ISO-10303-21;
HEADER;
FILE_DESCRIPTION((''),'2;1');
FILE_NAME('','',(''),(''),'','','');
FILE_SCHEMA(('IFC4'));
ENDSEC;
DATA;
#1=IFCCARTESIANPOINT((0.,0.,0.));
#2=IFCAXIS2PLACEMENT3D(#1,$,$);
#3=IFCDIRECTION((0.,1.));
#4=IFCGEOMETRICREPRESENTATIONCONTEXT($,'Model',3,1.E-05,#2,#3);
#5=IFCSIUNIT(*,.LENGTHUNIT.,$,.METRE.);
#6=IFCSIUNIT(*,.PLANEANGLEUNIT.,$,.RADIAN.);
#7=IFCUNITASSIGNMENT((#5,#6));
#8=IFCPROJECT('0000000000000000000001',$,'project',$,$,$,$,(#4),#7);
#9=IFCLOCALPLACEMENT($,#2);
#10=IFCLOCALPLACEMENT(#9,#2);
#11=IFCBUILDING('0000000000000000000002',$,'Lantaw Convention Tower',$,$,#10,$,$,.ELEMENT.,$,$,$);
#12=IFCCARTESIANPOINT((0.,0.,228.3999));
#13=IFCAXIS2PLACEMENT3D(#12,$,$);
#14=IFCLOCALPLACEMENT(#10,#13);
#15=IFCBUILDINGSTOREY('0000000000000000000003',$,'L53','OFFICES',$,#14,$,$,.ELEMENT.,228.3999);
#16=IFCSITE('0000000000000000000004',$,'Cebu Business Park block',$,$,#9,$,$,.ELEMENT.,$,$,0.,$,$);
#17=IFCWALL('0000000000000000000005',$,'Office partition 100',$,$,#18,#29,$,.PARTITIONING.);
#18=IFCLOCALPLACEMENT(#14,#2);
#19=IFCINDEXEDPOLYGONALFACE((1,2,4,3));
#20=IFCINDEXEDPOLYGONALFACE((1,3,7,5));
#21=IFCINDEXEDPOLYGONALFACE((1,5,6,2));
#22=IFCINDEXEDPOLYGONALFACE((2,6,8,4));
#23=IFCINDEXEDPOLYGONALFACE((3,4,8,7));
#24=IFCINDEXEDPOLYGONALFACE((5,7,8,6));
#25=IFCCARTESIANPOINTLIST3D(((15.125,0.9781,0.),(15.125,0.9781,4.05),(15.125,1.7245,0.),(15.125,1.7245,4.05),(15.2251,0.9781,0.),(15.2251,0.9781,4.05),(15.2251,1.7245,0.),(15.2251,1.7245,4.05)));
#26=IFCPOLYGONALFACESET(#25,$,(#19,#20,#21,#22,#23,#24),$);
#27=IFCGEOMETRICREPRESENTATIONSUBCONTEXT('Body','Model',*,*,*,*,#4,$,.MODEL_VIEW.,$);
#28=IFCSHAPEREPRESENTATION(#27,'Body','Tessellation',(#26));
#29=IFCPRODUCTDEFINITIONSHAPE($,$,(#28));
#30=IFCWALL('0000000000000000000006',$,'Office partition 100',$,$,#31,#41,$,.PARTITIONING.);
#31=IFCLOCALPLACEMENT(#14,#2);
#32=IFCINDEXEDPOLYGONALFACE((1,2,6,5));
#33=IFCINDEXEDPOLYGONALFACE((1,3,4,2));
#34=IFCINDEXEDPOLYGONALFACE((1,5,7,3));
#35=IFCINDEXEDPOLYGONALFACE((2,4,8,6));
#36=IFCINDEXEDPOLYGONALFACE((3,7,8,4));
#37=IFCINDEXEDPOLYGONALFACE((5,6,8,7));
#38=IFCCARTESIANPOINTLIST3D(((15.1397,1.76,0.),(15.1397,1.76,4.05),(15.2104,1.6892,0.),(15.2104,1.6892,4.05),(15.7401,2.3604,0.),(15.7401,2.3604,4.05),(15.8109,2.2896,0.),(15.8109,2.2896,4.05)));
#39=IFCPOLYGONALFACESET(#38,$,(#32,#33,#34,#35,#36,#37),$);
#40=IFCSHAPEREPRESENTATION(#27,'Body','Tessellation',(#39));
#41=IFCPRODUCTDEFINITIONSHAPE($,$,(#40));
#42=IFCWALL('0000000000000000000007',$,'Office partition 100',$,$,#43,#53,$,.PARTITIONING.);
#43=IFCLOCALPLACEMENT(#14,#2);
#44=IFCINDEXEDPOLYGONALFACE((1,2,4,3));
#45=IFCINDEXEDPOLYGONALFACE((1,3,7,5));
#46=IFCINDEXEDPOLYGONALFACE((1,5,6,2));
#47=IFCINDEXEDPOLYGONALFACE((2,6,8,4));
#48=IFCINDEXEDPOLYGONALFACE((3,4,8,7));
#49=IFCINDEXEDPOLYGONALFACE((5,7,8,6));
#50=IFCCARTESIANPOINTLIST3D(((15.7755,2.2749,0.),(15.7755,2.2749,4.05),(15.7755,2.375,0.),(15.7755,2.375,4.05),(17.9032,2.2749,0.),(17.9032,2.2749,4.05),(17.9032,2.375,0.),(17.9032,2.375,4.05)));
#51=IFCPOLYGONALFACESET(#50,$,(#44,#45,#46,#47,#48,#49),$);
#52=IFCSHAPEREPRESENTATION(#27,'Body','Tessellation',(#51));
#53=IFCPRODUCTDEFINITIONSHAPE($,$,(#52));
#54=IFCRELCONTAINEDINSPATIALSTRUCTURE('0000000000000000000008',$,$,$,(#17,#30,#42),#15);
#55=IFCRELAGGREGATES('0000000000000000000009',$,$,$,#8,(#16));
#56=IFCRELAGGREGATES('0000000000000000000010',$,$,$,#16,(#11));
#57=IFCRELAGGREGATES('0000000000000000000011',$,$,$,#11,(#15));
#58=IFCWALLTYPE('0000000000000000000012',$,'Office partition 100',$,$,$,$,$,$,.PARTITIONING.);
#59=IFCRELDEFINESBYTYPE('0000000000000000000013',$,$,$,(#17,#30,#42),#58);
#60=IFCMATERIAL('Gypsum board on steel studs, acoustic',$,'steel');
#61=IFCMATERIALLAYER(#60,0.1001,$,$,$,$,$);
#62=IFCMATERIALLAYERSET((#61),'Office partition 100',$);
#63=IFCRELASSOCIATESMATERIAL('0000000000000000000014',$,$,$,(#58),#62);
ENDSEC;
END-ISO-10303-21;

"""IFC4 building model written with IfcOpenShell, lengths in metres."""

from ifc_helpers import new_model, si_unit, direction, frame, frame_2d, origin, place, context, subcontext, project, spatial, rectangle, extrude, material, layer, layer_set, type_object, element, save


model = new_model("IFC4")

# Units and contexts
model_context = context("Model", 3, precision=1e-05, world=origin(), true_north=direction((0.0, 1.0)))
body_context = subcontext(model_context, "Body", "Model", "MODEL_VIEW")
ifc_project = project(units=[si_unit("LENGTHUNIT", "METRE"), si_unit("PLANEANGLEUNIT", "RADIAN")], contexts=[model_context])

# Site, building, storey
site_placement = place(None, origin())
site = spatial("IfcSite", under=ifc_project, at=site_placement, Name="Cebu Business Park block", CompositionType="ELEMENT", RefElevation=0.0)
building_placement = place(site_placement, origin())
building = spatial("IfcBuilding", under=site, at=building_placement, Name="Lantaw Convention Tower", CompositionType="ELEMENT")
storey_placement = place(building_placement, frame((0.0, 0.0, 228.3999)))
storey = spatial("IfcBuildingStorey", under=building, at=storey_placement, Name="L53", Description="OFFICES", CompositionType="ELEMENT", Elevation=228.3999)

# Shared definitions
ifc_material_1 = material(Name="Gypsum board on steel studs, acoustic", Category="steel")
ifc_layer_1 = layer(ifc_material_1, 0.1001)
ifc_layer_set_1 = layer_set([ifc_layer_1], Name="Office partition 100")
wall_type_1 = type_object("IfcWallType", Name="Office partition 100", PredefinedType="PARTITIONING", material=ifc_layer_set_1)

# Walls
wall_1_placement = place(storey_placement, frame((15.175, 0.9783, 0.0), z_axis=(0.0, 0.0, 1.0), x_axis=(0.0, 1.0, 0.0)))
element("IfcWall", 1, at=wall_1_placement, inside=storey, type_object=wall_type_1, Name="Office partition 100", PredefinedType="PARTITIONING", context=body_context, shape_type="SweptSolid", body=[
    extrude(rectangle(XDim=0.7463, YDim=0.1001, at=frame_2d((0.373, 0.0))), origin(), (0.0, 0.0, 1.0), 4.05),
])
wall_2_placement = place(storey_placement, frame((15.175, 1.7246, 0.0), z_axis=(0.0, 0.0, 1.0), x_axis=(0.707107, 0.707107, 0.0)))
element("IfcWall", 2, at=wall_2_placement, inside=storey, type_object=wall_type_1, Name="Office partition 100", PredefinedType="PARTITIONING", context=body_context, shape_type="SweptSolid", body=[
    extrude(rectangle(XDim=0.8491, YDim=0.1001, at=frame_2d((0.4246, 0.0))), origin(), (0.0, 0.0, 1.0), 4.05),
])
wall_3_placement = place(storey_placement, frame((15.7754, 2.325, 0.0), z_axis=(0.0, 0.0, 1.0), x_axis=(1.0, 0.0, 0.0)))
element("IfcWall", 3, at=wall_3_placement, inside=storey, type_object=wall_type_1, Name="Office partition 100", PredefinedType="PARTITIONING", context=body_context, shape_type="SweptSolid", body=[
    extrude(rectangle(XDim=2.1277, YDim=0.1001, at=frame_2d((1.064, 0.0))), origin(), (0.0, 0.0, 1.0), 4.05),
])

save(model, "model.ifc")
